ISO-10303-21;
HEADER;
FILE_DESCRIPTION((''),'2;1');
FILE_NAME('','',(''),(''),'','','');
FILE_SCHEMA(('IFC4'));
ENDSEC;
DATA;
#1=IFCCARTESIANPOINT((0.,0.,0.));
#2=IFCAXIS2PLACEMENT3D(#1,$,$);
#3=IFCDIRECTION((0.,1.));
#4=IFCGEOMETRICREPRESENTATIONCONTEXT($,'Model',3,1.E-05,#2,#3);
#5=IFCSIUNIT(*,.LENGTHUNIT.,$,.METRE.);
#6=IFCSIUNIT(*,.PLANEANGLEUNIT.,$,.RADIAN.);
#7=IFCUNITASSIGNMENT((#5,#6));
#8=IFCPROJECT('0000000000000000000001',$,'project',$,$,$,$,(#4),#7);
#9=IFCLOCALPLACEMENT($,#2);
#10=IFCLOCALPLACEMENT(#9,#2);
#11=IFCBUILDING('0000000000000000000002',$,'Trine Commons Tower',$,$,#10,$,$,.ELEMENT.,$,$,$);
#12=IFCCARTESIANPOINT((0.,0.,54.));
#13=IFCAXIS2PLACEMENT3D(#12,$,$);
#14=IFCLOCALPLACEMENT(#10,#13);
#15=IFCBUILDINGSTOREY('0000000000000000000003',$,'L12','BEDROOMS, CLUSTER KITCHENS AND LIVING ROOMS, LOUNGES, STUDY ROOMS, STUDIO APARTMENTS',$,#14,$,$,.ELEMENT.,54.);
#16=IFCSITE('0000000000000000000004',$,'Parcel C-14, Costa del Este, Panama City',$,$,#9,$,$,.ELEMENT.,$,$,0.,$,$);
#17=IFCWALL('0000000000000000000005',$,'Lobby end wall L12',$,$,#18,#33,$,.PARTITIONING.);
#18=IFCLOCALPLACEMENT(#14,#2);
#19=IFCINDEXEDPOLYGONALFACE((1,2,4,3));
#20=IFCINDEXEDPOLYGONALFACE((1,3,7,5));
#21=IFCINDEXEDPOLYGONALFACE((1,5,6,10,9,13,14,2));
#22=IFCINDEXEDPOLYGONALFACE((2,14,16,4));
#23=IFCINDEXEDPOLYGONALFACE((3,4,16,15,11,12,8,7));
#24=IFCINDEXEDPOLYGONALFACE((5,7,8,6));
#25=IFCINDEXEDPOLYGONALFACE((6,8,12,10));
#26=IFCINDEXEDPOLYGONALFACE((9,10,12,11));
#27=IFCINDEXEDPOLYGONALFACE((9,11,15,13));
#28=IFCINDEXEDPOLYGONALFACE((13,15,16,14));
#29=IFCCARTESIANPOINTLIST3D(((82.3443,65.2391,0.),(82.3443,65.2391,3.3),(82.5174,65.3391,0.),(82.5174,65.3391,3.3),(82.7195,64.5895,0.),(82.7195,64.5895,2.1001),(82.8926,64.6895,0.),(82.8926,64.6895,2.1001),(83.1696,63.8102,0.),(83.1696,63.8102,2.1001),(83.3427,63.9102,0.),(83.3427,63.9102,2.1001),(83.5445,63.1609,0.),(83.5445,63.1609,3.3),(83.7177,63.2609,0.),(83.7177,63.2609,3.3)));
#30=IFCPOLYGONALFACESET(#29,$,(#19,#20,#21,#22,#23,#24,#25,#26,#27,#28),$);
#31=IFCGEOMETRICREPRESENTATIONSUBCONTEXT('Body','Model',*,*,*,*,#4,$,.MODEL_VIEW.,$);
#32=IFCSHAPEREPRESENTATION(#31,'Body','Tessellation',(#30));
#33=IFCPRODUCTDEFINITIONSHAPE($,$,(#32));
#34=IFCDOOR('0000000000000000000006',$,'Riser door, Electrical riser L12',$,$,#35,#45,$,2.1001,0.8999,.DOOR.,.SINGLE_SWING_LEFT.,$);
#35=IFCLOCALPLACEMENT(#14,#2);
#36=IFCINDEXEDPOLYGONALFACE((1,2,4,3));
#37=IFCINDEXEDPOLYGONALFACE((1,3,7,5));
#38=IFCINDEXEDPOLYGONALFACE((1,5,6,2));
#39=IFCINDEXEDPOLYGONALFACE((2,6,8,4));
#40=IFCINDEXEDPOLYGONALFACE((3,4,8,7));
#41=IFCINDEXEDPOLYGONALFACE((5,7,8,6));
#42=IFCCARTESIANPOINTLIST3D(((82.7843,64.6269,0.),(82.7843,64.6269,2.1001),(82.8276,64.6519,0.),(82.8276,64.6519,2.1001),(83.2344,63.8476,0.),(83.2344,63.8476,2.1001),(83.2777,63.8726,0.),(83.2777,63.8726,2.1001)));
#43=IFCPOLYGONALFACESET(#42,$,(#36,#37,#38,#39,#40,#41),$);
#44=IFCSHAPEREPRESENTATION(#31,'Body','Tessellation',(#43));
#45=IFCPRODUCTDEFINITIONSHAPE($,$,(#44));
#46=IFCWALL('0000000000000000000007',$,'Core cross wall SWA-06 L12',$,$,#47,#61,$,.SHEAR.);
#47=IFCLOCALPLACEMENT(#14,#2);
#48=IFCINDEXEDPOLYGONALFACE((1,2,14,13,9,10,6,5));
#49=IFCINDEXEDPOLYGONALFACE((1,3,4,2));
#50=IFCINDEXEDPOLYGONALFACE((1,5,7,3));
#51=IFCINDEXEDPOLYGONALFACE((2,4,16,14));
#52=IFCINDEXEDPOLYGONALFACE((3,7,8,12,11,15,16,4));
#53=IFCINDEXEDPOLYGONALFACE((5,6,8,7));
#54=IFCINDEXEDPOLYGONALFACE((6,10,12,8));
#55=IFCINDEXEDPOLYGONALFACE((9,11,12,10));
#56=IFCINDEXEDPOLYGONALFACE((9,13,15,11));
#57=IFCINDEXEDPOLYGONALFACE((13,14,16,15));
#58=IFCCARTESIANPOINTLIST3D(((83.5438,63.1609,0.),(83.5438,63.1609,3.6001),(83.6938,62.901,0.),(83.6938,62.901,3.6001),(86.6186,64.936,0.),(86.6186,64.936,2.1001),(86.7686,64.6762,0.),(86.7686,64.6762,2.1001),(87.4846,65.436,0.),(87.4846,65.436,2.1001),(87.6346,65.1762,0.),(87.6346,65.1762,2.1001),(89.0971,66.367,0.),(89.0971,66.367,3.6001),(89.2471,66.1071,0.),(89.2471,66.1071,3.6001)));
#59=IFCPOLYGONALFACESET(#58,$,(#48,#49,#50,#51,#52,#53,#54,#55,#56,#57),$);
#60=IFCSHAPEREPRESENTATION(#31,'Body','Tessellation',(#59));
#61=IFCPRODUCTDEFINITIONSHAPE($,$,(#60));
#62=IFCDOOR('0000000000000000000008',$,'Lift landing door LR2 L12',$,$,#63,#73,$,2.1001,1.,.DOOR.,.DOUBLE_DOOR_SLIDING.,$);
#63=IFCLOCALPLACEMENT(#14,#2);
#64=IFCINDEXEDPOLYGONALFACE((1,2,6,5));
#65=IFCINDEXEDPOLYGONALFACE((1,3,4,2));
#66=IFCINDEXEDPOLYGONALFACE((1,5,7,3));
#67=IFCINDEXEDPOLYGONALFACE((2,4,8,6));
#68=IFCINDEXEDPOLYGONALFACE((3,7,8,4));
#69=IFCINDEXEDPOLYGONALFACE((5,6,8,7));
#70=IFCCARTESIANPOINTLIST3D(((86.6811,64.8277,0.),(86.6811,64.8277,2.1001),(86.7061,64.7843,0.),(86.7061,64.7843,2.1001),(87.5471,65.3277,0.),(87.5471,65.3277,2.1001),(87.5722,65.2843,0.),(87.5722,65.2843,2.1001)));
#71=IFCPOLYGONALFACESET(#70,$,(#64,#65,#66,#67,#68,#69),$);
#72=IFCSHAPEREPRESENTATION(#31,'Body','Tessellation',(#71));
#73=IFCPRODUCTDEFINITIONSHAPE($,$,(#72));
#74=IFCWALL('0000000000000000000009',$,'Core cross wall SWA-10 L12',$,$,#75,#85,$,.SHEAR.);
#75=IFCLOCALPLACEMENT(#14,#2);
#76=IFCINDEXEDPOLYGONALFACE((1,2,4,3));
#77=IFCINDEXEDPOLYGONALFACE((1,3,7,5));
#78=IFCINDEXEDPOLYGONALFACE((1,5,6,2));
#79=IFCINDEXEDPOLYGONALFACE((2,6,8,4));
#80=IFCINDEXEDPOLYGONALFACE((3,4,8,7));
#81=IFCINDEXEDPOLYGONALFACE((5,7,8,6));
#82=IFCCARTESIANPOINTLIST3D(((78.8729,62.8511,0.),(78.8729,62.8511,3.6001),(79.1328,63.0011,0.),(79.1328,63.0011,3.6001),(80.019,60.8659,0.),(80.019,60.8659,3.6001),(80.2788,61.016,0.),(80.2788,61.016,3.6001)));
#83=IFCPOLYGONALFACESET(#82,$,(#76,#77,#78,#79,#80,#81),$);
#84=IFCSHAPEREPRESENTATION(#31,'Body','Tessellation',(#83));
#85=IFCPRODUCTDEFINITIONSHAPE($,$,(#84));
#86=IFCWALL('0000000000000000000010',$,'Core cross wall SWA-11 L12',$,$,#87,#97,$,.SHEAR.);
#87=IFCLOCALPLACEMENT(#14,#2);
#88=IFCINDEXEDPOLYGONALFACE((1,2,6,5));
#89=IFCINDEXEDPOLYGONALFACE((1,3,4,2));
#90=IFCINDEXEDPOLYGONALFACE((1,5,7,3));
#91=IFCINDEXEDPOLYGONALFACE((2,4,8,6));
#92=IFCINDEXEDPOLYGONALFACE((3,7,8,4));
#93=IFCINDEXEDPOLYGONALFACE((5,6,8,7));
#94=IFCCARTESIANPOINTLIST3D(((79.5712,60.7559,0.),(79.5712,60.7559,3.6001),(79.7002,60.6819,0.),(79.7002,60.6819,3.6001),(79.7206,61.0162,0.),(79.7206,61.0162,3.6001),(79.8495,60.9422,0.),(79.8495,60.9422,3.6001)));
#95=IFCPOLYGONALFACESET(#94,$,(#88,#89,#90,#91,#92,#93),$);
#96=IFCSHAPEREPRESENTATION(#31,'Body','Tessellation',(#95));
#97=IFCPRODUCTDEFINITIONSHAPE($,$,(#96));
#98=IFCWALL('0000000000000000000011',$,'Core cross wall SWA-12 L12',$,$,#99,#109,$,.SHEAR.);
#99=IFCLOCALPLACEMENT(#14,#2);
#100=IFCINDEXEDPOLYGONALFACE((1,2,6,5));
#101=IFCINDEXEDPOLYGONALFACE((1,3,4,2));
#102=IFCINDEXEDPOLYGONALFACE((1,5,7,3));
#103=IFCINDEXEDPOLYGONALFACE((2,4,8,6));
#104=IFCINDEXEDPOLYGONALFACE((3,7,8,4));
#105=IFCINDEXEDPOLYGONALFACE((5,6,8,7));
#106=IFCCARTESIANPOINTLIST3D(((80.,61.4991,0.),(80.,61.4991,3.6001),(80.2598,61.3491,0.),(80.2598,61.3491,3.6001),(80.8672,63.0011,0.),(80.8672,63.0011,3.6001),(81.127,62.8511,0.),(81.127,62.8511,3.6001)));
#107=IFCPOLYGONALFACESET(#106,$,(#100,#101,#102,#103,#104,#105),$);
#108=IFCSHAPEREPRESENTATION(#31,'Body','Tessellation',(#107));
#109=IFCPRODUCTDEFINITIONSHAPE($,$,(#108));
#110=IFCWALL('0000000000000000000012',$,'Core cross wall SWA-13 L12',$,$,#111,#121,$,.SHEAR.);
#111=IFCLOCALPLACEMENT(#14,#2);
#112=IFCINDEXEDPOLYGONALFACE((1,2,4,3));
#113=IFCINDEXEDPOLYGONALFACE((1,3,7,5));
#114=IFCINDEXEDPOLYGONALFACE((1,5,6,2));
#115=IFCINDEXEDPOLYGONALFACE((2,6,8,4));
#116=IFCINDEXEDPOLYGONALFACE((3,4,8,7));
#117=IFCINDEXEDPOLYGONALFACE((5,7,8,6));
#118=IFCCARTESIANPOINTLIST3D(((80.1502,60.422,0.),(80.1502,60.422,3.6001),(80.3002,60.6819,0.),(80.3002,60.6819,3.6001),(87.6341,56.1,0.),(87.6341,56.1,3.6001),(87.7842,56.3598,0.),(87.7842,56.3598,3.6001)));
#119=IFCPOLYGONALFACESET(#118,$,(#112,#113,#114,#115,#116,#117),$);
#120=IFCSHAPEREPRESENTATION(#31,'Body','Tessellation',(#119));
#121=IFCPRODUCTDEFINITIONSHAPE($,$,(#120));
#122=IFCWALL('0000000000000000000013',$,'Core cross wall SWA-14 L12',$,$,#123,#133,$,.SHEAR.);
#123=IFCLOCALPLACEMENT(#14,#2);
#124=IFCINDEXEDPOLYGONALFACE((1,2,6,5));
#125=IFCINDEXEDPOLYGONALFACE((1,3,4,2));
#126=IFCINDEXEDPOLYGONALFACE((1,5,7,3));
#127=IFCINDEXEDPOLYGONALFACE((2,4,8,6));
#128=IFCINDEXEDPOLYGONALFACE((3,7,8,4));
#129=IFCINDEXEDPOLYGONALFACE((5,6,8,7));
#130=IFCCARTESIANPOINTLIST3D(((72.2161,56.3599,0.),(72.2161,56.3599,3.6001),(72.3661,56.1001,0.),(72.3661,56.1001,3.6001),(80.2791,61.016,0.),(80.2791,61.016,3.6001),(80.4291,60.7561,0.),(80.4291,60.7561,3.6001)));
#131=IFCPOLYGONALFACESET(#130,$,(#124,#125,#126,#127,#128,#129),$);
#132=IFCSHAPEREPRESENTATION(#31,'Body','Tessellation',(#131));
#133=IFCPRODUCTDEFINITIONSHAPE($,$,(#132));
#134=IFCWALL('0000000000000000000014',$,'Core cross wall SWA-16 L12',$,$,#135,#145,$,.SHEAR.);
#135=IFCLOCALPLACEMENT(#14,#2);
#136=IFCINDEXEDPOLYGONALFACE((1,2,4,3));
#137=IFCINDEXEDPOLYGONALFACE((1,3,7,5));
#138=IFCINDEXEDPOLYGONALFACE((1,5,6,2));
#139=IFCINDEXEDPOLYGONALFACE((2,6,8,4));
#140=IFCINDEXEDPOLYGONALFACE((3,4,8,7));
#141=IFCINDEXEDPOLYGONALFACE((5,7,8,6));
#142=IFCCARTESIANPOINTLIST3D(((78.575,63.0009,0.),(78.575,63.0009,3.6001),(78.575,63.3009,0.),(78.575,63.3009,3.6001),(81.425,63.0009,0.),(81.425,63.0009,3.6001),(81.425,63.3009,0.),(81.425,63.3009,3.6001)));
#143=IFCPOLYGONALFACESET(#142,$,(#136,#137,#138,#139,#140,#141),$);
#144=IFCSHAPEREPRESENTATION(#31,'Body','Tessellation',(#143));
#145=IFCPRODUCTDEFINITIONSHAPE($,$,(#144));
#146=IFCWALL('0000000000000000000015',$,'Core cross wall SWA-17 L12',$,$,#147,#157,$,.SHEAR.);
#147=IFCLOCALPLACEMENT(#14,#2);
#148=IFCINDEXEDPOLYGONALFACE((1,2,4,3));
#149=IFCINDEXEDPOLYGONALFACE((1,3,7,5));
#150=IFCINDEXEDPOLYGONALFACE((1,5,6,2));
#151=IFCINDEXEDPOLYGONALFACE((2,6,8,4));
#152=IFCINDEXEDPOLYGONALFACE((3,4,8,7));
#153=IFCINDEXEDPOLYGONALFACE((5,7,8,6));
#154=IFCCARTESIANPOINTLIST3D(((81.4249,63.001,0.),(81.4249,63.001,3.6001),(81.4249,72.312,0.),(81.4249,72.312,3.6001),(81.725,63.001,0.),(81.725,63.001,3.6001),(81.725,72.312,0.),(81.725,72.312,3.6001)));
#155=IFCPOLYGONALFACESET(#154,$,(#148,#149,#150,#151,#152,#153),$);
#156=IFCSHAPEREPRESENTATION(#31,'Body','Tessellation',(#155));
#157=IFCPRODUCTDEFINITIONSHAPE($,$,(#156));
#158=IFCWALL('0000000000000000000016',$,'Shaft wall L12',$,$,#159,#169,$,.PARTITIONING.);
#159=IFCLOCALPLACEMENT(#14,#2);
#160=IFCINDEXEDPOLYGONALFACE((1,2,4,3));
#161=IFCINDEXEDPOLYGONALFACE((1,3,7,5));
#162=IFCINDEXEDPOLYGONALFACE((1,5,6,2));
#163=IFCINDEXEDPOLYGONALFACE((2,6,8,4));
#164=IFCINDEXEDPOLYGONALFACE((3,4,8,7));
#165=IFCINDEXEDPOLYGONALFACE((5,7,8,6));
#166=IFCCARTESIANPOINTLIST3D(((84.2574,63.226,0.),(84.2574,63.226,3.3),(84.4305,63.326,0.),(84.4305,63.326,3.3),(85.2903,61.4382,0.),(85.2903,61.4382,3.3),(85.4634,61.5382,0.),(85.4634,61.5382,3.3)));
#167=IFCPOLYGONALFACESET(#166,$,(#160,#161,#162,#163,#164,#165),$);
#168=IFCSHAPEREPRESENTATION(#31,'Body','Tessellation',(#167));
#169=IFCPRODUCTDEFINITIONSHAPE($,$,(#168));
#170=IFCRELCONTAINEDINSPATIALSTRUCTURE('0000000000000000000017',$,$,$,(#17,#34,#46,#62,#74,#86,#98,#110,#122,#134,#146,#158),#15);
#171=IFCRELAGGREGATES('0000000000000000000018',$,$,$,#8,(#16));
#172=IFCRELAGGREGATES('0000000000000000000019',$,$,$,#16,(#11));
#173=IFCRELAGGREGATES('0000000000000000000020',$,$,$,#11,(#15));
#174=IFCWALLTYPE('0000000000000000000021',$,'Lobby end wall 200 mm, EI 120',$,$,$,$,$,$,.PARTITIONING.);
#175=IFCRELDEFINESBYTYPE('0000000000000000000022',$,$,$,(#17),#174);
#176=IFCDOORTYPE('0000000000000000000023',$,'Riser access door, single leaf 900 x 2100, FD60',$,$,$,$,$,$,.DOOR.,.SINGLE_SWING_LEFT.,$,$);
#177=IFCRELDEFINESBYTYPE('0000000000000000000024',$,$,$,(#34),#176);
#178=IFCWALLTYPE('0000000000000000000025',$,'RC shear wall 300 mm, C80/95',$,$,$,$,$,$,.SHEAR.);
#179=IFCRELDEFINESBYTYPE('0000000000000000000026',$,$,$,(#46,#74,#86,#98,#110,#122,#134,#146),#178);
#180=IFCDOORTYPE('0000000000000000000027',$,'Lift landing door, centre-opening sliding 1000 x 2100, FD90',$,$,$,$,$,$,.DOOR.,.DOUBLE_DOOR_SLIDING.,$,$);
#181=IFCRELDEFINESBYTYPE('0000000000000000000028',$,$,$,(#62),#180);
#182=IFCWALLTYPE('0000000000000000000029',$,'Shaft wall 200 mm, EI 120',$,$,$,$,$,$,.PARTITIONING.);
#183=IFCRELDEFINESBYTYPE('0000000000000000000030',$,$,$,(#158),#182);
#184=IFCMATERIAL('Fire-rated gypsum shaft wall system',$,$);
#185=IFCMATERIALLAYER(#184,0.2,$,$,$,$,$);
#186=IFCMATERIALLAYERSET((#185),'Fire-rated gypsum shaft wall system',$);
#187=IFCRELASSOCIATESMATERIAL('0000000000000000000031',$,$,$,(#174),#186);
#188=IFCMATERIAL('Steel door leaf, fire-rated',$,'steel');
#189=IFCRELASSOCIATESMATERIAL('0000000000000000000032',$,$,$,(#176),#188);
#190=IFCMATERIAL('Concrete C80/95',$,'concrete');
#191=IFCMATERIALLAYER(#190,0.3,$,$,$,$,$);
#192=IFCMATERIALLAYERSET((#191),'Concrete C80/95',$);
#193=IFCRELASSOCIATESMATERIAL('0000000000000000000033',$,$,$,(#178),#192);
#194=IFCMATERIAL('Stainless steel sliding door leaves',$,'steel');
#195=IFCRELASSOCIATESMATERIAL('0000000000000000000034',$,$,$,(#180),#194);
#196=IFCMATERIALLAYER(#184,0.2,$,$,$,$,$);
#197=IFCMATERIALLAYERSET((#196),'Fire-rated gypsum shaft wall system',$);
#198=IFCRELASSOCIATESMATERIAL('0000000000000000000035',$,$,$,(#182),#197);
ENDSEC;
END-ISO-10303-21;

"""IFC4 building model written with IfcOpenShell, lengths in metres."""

from ifc_helpers import new_model, si_unit, direction, frame, frame_2d, origin, place, context, subcontext, project, spatial, rectangle, extrude, material, layer, layer_set, type_object, element, fill, save


model = new_model("IFC4")

# Units and contexts
model_context = context("Model", 3, precision=1e-05, world=origin(), true_north=direction((0.0, 1.0)))
body_context = subcontext(model_context, "Body", "Model", "MODEL_VIEW")
ifc_project = project(units=[si_unit("LENGTHUNIT", "METRE"), si_unit("PLANEANGLEUNIT", "RADIAN")], contexts=[model_context])

# Site, building, storey
site_placement = place(None, origin())
site = spatial("IfcSite", under=ifc_project, at=site_placement, Name="Parcel C-14, Costa del Este, Panama City", CompositionType="ELEMENT", RefElevation=0.0)
building_placement = place(site_placement, origin())
building = spatial("IfcBuilding", under=site, at=building_placement, Name="Trine Commons Tower", CompositionType="ELEMENT")
storey_placement = place(building_placement, frame((0.0, 0.0, 54.0)))
storey = spatial("IfcBuildingStorey", under=building, at=storey_placement, Name="L12", Description="BEDROOMS, CLUSTER KITCHENS AND LIVING ROOMS, LOUNGES, STUDY ROOMS, STUDIO APARTMENTS", CompositionType="ELEMENT", Elevation=54.0)

# Walls, openings, doors
ifc_material_1 = material(Name="Fire-rated gypsum shaft wall system")
ifc_layer_1 = layer(ifc_material_1, 0.2)
ifc_layer_set_1 = layer_set([ifc_layer_1], Name="Fire-rated gypsum shaft wall system")
wall_type_1 = type_object("IfcWallType", Name="Lobby end wall 200 mm, EI 120", PredefinedType="PARTITIONING", material=ifc_layer_set_1)
wall_1_placement = place(storey_placement, frame((83.6311, 63.2109, 0.0), z_axis=(0.0, 0.0, 1.0), x_axis=(-0.500122, 0.865955, 0.0)))
wall_1 = element("IfcWall", 1, at=wall_1_placement, inside=storey, type_object=wall_type_1, Name="Lobby end wall L12", PredefinedType="PARTITIONING", context=body_context, shape_type="SweptSolid", body=[
    extrude(rectangle(XDim=2.3999, YDim=0.2, at=frame_2d((1.2, 0.0))), origin(), (0.0, 0.0, 1.0), 3.3),
])
opening_1_placement = place(wall_1_placement, frame((0.7498, 0.0, 0.0)))
opening_1 = element("IfcOpeningElement", 2, at=opening_1_placement, cuts=wall_1, PredefinedType="OPENING", context=body_context, shape_type="SweptSolid", body=[
    extrude(rectangle(XDim=0.8999, YDim=2.1001, at=frame_2d((0.45, 1.05))), frame((0.0, 0.1099, 0.0), z_axis=(0.0, -1.0, 0.0), x_axis=(1.0, 0.0, 0.0)), (0.0, 0.0, 1.0), 0.22),
])
ifc_material_2 = material(Name="Steel door leaf, fire-rated", Category="steel")
door_type_1 = type_object("IfcDoorType", Name="Riser access door, single leaf 900 x 2100, FD60", OperationType="SINGLE_SWING_LEFT", PredefinedType="DOOR", material=ifc_material_2)
door_1_placement = place(opening_1_placement, frame((0.8999, 0.0, 0.0), z_axis=(0.0, 0.0, 1.0), x_axis=(-1.0, 0.0, 0.0)))
door_1 = element("IfcDoor", 3, at=door_1_placement, inside=storey, type_object=door_type_1, Name="Riser door, Electrical riser L12", OperationType="SINGLE_SWING_LEFT", OverallHeight=2.1001, OverallWidth=0.8999, PredefinedType="DOOR", context=body_context, shape_type="SweptSolid", body=[
    extrude(rectangle(XDim=0.8999, YDim=2.1001, at=frame_2d((0.45, 1.05))), frame((0.0, 0.0249, 0.0), z_axis=(0.0, -1.0, 0.0), x_axis=(1.0, 0.0, 0.0)), (0.0, 0.0, 1.0), 0.05),
])
fill(opening_1, door_1)
ifc_material_3 = material(Name="Concrete C80/95", Category="concrete")
ifc_layer_2 = layer(ifc_material_3, 0.3)
ifc_layer_set_2 = layer_set([ifc_layer_2], Name="Concrete C80/95")
wall_type_2 = type_object("IfcWallType", Name="RC shear wall 300 mm, C80/95", PredefinedType="SHEAR", material=ifc_layer_set_2)
wall_2_placement = place(storey_placement, frame((83.6189, 63.031, 0.0), z_axis=(0.0, 0.0, 1.0), x_axis=(0.866032, 0.499988, 0.0)))
wall_2 = element("IfcWall", 4, at=wall_2_placement, inside=storey, type_object=wall_type_2, Name="Core cross wall SWA-06 L12", PredefinedType="SHEAR", context=body_context, shape_type="SweptSolid", body=[
    extrude(rectangle(XDim=6.4124, YDim=0.3, at=frame_2d((3.2061, 0.0))), origin(), (0.0, 0.0, 1.0), 3.6001),
])
opening_2_placement = place(wall_2_placement, frame((3.5503, 0.0, 0.0)))
opening_2 = element("IfcOpeningElement", 5, at=opening_2_placement, cuts=wall_2, PredefinedType="OPENING", context=body_context, shape_type="SweptSolid", body=[
    extrude(rectangle(XDim=1.0, YDim=2.1001, at=frame_2d((0.5, 1.05))), frame((0.0, 0.1599, 0.0), z_axis=(0.0, -1.0, 0.0), x_axis=(1.0, 0.0, 0.0)), (0.0, 0.0, 1.0), 0.3201),
])
ifc_material_4 = material(Name="Stainless steel sliding door leaves", Category="steel")
door_type_2 = type_object("IfcDoorType", Name="Lift landing door, centre-opening sliding 1000 x 2100, FD90", OperationType="DOUBLE_DOOR_SLIDING", PredefinedType="DOOR", material=ifc_material_4)
door_2_placement = place(opening_2_placement, origin())
door_2 = element("IfcDoor", 6, at=door_2_placement, inside=storey, type_object=door_type_2, Name="Lift landing door LR2 L12", OperationType="DOUBLE_DOOR_SLIDING", OverallHeight=2.1001, OverallWidth=1.0, PredefinedType="DOOR", context=body_context, shape_type="SweptSolid", body=[
    extrude(rectangle(XDim=1.0, YDim=2.1001, at=frame_2d((0.5, 1.05))), frame((0.0, 0.0249, 0.0), z_axis=(0.0, -1.0, 0.0), x_axis=(1.0, 0.0, 0.0)), (0.0, 0.0, 1.0), 0.05),
])
fill(opening_2, door_2)

# Walls
wall_3_placement = place(storey_placement, frame((79.0029, 62.926, 0.0), z_axis=(0.0, 0.0, 1.0), x_axis=(0.499965, -0.866045, 0.0)))
element("IfcWall", 7, at=wall_3_placement, inside=storey, type_object=wall_type_2, Name="Core cross wall SWA-10 L12", PredefinedType="SHEAR", context=body_context, shape_type="SweptSolid", body=[
    extrude(rectangle(XDim=2.2922, YDim=0.3, at=frame_2d((1.146, 0.0))), origin(), (0.0, 0.0, 1.0), 3.6001),
])
wall_4_placement = place(storey_placement, frame((79.646, 60.886, 0.0), z_axis=(0.0, 0.0, 1.0), x_axis=(0.867332, -0.49773, 0.0)))
element("IfcWall", 8, at=wall_4_placement, inside=storey, type_object=wall_type_2, Name="Core cross wall SWA-11 L12", PredefinedType="SHEAR", context=body_context, shape_type="SweptSolid", body=[
    extrude(rectangle(XDim=0.1487, YDim=0.3, at=frame_2d((0.0742, 0.0))), origin(), (0.0, 0.0, 1.0), 3.6001),
])
wall_5_placement = place(storey_placement, frame((80.1299, 61.4241, 0.0), z_axis=(0.0, 0.0, 1.0), x_axis=(0.500015, 0.866017, 0.0)))
element("IfcWall", 9, at=wall_5_placement, inside=storey, type_object=wall_type_2, Name="Core cross wall SWA-12 L12", PredefinedType="SHEAR", context=body_context, shape_type="SweptSolid", body=[
    extrude(rectangle(XDim=1.7344, YDim=0.3, at=frame_2d((0.8672, 0.0))), origin(), (0.0, 0.0, 1.0), 3.6001),
])
wall_6_placement = place(storey_placement, frame((80.2251, 60.552, 0.0), z_axis=(0.0, 0.0, 1.0), x_axis=(0.865965, -0.500104, 0.0)))
element("IfcWall", 10, at=wall_6_placement, inside=storey, type_object=wall_type_2, Name="Core cross wall SWA-13 L12", PredefinedType="SHEAR", context=body_context, shape_type="SweptSolid", body=[
    extrude(rectangle(XDim=8.6423, YDim=0.3, at=frame_2d((4.3213, 0.0))), origin(), (0.0, 0.0, 1.0), 3.6001),
])
wall_7_placement = place(storey_placement, frame((80.354, 60.886, 0.0), z_axis=(0.0, 0.0, 1.0), x_axis=(-0.865986, -0.500067, 0.0)))
element("IfcWall", 11, at=wall_7_placement, inside=storey, type_object=wall_type_2, Name="Core cross wall SWA-14 L12", PredefinedType="SHEAR", context=body_context, shape_type="SweptSolid", body=[
    extrude(rectangle(XDim=9.3108, YDim=0.3, at=frame_2d((4.6553, 0.0))), origin(), (0.0, 0.0, 1.0), 3.6001),
])
wall_8_placement = place(storey_placement, frame((81.425, 63.1509, 0.0), z_axis=(0.0, 0.0, 1.0), x_axis=(-1.0, 0.0, 0.0)))
element("IfcWall", 12, at=wall_8_placement, inside=storey, type_object=wall_type_2, Name="Core cross wall SWA-16 L12", PredefinedType="SHEAR", context=body_context, shape_type="SweptSolid", body=[
    extrude(rectangle(XDim=2.8501, YDim=0.3, at=frame_2d((1.425, 0.0))), origin(), (0.0, 0.0, 1.0), 3.6001),
])
wall_9_placement = place(storey_placement, frame((81.575, 63.001, 0.0), z_axis=(0.0, 0.0, 1.0), x_axis=(0.0, 1.0, 0.0)))
element("IfcWall", 13, at=wall_9_placement, inside=storey, type_object=wall_type_2, Name="Core cross wall SWA-17 L12", PredefinedType="SHEAR", context=body_context, shape_type="SweptSolid", body=[
    extrude(rectangle(XDim=9.311, YDim=0.3, at=frame_2d((4.6555, 0.0))), origin(), (0.0, 0.0, 1.0), 3.6001),
])
ifc_layer_3 = layer(ifc_material_1, 0.2)
ifc_layer_set_3 = layer_set([ifc_layer_3], Name="Fire-rated gypsum shaft wall system")
wall_type_3 = type_object("IfcWallType", Name="Shaft wall 200 mm, EI 120", PredefinedType="PARTITIONING", material=ifc_layer_set_3)
wall_10_placement = place(storey_placement, frame((84.344, 63.2759, 0.0), z_axis=(0.0, 0.0, 1.0), x_axis=(0.500272, -0.865868, 0.0)))
element("IfcWall", 14, at=wall_10_placement, inside=storey, type_object=wall_type_3, Name="Shaft wall L12", PredefinedType="PARTITIONING", context=body_context, shape_type="SweptSolid", body=[
    extrude(rectangle(XDim=2.0647, YDim=0.2, at=frame_2d((1.0322, 0.0))), origin(), (0.0, 0.0, 1.0), 3.3),
])

save(model, "model.ifc")
